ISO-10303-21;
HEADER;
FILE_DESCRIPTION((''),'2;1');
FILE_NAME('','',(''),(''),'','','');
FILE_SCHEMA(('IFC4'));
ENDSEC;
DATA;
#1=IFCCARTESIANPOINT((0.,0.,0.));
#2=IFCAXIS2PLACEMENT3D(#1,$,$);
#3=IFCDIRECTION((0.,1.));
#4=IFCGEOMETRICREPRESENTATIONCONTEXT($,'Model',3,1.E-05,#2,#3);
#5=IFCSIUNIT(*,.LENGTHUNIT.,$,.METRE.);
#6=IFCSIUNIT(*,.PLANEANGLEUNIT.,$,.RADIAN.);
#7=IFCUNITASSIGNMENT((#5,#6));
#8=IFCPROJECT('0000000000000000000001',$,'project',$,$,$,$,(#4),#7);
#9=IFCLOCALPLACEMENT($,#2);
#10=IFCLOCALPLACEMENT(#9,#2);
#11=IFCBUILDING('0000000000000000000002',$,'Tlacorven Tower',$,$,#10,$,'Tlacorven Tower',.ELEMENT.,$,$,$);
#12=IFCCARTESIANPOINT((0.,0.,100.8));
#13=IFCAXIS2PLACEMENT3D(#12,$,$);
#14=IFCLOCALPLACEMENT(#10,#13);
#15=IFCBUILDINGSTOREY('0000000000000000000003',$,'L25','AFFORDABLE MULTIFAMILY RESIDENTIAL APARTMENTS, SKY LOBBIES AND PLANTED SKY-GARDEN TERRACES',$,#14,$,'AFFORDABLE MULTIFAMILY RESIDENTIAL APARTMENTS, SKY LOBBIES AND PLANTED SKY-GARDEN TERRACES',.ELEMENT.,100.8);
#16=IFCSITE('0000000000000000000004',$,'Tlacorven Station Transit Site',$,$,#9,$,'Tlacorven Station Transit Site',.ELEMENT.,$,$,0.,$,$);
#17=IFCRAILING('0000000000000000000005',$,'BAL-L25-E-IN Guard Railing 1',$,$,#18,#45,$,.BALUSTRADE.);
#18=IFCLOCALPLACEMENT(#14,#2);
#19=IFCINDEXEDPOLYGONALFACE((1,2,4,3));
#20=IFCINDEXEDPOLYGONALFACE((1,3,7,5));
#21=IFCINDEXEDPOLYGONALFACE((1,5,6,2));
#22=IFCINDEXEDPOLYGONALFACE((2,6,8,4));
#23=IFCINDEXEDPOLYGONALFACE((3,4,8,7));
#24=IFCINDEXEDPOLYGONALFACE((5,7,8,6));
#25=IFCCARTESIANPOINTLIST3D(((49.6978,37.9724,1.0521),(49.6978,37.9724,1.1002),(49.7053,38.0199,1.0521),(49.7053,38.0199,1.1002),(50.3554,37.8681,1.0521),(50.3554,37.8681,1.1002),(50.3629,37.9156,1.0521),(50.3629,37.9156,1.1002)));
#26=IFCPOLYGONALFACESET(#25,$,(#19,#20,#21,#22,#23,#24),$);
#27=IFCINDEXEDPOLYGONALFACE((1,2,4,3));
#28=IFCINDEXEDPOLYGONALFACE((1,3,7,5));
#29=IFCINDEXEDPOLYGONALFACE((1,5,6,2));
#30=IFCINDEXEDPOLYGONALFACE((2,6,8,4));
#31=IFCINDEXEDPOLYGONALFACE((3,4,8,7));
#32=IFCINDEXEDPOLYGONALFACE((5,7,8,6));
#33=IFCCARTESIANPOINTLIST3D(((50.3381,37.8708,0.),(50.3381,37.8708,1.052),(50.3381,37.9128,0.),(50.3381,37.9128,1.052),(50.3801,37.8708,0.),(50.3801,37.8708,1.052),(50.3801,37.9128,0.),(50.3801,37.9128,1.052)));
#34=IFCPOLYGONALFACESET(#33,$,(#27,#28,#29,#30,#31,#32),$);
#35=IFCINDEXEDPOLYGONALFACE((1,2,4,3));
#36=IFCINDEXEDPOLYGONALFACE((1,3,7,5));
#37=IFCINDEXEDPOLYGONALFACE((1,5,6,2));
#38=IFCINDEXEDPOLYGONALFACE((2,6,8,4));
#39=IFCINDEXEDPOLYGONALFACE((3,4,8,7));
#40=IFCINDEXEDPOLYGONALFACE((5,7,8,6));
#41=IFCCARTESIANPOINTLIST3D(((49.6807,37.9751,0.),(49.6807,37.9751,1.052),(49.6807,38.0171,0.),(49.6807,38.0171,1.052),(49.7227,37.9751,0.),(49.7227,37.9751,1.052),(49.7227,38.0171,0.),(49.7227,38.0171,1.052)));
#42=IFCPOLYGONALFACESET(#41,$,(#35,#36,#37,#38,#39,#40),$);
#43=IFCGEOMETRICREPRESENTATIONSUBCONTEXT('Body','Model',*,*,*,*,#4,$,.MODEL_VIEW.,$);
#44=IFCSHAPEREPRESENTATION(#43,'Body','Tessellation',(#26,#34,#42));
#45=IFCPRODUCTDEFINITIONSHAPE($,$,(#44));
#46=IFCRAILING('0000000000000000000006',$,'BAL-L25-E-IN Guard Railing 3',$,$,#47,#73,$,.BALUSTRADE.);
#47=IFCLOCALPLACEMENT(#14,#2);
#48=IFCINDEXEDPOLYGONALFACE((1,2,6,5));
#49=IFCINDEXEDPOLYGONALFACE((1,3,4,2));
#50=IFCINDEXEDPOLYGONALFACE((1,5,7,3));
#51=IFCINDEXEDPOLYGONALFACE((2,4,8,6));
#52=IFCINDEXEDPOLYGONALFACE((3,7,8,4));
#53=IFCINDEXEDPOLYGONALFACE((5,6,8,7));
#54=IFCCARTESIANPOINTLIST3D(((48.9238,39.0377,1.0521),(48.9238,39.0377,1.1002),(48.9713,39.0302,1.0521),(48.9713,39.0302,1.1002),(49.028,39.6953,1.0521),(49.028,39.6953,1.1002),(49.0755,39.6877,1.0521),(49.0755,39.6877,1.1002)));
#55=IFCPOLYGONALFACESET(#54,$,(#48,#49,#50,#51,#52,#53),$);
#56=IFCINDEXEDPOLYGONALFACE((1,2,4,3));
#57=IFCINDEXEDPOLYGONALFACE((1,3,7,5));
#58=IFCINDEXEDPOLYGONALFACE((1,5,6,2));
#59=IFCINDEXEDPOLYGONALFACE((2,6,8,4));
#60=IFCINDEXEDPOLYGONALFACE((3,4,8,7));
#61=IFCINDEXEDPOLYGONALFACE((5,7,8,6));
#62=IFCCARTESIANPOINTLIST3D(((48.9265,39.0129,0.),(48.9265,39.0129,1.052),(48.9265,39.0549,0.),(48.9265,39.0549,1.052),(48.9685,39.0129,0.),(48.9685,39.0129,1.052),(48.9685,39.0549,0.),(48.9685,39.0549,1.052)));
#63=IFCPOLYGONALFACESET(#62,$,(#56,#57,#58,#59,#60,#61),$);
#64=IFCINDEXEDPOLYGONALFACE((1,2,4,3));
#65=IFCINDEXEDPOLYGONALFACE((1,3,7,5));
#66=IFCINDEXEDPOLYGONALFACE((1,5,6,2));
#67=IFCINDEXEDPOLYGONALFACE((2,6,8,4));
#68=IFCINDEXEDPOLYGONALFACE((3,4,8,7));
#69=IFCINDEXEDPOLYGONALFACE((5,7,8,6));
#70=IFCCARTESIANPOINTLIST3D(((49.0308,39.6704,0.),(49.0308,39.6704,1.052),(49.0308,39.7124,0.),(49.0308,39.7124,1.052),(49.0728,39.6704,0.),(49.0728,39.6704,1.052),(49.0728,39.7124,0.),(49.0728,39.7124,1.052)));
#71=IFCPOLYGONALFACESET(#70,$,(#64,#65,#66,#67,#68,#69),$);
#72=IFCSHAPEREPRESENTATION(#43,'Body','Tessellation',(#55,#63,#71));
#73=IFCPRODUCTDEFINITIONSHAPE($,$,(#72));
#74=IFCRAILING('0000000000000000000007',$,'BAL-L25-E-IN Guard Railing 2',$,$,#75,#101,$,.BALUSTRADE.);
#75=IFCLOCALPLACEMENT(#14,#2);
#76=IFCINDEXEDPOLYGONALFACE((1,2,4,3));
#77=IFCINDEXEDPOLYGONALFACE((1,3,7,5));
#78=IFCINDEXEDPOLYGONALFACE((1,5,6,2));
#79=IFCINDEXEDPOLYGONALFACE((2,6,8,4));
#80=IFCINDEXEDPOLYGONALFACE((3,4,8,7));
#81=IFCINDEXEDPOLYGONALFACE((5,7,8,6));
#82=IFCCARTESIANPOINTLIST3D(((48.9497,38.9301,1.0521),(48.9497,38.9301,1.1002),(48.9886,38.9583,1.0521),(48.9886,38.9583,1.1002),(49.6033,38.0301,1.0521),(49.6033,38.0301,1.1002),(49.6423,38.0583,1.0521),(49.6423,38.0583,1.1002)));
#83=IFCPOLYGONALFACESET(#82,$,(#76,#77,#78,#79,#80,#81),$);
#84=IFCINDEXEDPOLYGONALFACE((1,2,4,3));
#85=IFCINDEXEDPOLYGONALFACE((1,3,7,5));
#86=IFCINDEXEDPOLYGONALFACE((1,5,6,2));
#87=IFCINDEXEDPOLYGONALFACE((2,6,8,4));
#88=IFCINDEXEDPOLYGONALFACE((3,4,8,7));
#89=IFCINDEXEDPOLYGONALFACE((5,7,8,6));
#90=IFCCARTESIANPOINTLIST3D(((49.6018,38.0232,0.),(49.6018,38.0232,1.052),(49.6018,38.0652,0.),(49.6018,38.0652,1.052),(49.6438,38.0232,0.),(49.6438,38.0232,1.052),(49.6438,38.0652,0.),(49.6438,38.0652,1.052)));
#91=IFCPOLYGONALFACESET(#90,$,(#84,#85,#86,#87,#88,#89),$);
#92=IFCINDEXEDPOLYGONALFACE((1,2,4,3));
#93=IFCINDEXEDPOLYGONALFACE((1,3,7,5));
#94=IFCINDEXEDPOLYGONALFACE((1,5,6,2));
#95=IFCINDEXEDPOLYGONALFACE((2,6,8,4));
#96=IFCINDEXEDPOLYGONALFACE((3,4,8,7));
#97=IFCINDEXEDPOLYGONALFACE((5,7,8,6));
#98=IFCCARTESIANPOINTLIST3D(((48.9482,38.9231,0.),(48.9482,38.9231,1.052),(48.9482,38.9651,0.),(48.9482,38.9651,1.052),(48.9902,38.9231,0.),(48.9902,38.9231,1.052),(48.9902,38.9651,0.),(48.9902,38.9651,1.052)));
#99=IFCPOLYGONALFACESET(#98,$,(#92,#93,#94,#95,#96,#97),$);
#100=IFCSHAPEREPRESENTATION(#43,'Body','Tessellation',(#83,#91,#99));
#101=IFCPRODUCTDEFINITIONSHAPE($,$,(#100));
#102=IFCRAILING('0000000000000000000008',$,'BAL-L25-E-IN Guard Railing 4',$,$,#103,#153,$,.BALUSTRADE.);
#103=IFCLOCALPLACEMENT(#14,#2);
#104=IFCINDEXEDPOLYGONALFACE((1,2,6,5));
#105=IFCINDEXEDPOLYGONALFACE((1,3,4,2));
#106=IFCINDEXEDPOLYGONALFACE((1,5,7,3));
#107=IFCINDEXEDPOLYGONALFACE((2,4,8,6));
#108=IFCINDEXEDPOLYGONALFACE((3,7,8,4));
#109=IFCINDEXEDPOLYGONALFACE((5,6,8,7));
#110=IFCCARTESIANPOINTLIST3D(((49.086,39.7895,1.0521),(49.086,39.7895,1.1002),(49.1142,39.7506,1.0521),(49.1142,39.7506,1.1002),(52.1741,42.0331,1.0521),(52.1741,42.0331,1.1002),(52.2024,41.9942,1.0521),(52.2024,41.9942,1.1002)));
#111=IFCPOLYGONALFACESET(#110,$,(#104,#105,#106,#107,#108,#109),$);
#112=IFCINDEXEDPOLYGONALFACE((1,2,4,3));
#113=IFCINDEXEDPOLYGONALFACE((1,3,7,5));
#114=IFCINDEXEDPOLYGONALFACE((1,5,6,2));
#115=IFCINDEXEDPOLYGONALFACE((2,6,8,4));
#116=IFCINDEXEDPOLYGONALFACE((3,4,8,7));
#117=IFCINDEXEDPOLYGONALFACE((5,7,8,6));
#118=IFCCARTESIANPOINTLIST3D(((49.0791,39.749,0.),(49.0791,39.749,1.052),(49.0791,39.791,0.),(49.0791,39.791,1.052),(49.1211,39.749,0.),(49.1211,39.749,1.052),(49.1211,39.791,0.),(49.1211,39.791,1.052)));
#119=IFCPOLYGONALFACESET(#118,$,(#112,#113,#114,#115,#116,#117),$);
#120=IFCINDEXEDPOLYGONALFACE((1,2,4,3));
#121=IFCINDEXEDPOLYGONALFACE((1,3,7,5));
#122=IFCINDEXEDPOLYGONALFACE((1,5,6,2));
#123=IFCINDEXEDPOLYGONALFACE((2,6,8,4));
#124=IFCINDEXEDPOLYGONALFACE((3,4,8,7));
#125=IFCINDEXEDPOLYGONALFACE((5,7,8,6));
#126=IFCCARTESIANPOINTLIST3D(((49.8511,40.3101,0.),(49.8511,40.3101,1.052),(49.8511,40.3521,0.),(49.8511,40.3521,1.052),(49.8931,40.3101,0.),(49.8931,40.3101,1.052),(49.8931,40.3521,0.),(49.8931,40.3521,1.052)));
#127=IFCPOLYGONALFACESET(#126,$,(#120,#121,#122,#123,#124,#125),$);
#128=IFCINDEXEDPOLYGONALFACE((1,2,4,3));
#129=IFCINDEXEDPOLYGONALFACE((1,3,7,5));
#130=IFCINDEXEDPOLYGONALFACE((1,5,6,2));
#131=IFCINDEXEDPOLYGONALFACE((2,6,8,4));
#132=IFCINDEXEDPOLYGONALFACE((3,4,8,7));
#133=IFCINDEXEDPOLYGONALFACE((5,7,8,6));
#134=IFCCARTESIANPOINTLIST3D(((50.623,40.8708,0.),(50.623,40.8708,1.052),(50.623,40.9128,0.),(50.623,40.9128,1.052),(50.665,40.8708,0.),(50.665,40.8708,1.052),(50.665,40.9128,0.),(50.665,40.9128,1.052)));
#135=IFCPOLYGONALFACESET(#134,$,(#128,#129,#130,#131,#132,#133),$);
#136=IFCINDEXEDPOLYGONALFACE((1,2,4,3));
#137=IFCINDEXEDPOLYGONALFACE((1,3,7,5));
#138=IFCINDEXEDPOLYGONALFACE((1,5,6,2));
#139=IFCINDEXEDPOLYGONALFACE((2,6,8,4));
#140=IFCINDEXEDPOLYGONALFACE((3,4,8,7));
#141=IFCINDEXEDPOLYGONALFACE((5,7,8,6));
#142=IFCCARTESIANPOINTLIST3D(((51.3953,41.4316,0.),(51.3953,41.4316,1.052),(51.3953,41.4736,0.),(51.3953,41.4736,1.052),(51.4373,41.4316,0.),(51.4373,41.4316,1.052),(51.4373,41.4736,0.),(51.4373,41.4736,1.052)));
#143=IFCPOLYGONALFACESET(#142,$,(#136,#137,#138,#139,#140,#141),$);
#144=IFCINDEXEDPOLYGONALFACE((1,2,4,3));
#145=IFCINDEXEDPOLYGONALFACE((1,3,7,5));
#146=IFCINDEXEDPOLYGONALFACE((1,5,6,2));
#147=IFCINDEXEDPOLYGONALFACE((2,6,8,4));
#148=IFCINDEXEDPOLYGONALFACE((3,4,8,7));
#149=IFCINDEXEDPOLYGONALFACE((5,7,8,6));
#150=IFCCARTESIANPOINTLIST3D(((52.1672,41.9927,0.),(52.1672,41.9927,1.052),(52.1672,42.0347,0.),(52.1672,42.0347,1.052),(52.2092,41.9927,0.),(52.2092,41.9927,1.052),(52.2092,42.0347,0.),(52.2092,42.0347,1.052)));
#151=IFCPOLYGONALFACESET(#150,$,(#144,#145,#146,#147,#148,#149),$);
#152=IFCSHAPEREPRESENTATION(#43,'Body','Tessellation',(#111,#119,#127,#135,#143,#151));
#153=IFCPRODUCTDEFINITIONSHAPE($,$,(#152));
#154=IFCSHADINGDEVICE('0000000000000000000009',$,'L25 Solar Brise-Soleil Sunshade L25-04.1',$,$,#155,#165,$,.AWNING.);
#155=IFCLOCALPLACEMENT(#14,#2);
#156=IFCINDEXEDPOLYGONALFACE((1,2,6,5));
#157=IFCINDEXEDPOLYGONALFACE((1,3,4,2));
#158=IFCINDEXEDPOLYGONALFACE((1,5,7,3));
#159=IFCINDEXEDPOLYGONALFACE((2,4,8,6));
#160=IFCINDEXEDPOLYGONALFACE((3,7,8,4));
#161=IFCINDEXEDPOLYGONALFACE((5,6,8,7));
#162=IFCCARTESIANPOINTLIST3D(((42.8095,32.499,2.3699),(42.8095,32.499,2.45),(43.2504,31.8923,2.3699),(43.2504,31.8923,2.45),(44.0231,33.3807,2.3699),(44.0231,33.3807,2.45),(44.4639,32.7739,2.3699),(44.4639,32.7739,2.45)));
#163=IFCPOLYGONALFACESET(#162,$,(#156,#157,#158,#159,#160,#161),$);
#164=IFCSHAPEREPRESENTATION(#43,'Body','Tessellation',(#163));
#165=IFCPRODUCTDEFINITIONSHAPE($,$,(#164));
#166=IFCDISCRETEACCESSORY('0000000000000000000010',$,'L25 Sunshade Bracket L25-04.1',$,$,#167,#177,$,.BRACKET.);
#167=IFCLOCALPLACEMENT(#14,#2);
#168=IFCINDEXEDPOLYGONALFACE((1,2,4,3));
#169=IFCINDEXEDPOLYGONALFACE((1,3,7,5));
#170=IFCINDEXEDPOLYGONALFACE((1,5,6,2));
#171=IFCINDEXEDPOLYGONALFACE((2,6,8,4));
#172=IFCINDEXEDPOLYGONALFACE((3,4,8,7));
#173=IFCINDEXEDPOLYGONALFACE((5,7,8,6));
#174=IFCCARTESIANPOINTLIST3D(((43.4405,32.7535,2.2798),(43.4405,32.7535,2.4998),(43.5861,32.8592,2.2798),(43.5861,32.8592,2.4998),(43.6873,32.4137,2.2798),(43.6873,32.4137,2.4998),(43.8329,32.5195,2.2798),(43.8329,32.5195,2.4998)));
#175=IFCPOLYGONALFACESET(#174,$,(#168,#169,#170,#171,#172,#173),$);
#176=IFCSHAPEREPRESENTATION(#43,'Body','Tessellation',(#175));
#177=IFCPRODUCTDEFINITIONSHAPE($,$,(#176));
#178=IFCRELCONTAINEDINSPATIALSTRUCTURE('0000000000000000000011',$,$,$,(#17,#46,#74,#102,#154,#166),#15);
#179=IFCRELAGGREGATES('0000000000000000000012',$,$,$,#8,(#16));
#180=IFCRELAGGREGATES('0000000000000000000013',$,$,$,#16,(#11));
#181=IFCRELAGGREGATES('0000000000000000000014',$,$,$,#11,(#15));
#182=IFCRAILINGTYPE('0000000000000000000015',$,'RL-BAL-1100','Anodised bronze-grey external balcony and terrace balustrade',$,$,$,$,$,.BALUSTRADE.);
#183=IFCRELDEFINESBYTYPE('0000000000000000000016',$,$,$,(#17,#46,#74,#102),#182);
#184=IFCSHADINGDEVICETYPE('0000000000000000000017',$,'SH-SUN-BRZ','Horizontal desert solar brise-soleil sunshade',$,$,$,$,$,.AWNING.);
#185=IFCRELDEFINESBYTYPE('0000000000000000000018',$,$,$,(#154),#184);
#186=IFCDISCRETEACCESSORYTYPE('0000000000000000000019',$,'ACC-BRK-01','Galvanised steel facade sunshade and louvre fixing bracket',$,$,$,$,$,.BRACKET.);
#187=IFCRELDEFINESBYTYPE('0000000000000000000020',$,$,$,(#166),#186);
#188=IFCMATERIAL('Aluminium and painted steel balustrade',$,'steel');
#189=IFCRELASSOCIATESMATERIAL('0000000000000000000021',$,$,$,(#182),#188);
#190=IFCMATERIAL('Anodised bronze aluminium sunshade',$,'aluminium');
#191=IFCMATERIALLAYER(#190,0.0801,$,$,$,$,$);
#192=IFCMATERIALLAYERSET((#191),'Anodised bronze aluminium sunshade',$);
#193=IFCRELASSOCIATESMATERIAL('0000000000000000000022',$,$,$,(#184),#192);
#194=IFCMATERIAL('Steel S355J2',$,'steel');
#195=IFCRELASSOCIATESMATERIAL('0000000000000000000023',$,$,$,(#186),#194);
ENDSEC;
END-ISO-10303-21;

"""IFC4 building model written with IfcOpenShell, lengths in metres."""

from ifc_helpers import new_model, si_unit, direction, frame, origin, origin_2d, place, context, subcontext, project, spatial, rectangle, extrude, source, transform, mapped, material, layer, layer_set, type_object, element, save


model = new_model("IFC4")

# Units and contexts
model_context = context("Model", 3, precision=1e-05, world=origin(), true_north=direction((0.0, 1.0)))
body_context = subcontext(model_context, "Body", "Model", "MODEL_VIEW")
ifc_project = project(units=[si_unit("LENGTHUNIT", "METRE"), si_unit("PLANEANGLEUNIT", "RADIAN")], contexts=[model_context])

# Site, building, storey
site_placement = place(None, origin())
site = spatial("IfcSite", under=ifc_project, at=site_placement, Name="Tlacorven Station Transit Site", LongName="Tlacorven Station Transit Site", CompositionType="ELEMENT", RefElevation=0.0)
building_placement = place(site_placement, origin())
building = spatial("IfcBuilding", under=site, at=building_placement, Name="Tlacorven Tower", LongName="Tlacorven Tower", CompositionType="ELEMENT")
storey_placement = place(building_placement, frame((0.0, 0.0, 100.8)))
storey = spatial("IfcBuildingStorey", under=building, at=storey_placement, Name="L25", Description="AFFORDABLE MULTIFAMILY RESIDENTIAL APARTMENTS, SKY LOBBIES AND PLANTED SKY-GARDEN TERRACES", LongName="AFFORDABLE MULTIFAMILY RESIDENTIAL APARTMENTS, SKY LOBBIES AND PLANTED SKY-GARDEN TERRACES", CompositionType="ELEMENT", Elevation=100.8)

# Shared definitions
ifc_material_1 = material(Name="Steel S355J2", Category="steel")

# Railings
ifc_material_2 = material(Name="Aluminium and painted steel balustrade", Category="steel")
railing_type = type_object("IfcRailingType", Name="RL-BAL-1100", Description="Anodised bronze-grey external balcony and terrace balustrade", PredefinedType="BALUSTRADE", material=ifc_material_2)
shared_shape_1 = source(origin(), body_context, "Body", "SweptSolid", [
    extrude(rectangle(XDim=0.0481, YDim=0.0481, at=origin_2d()), frame((0.0, 0.0, 1.0762), z_axis=(-0.987662, 0.156603, 0.0), x_axis=(-0.156603, -0.987662, 0.0)), (0.0, 0.0, 1.0), 0.6658),
    extrude(rectangle(XDim=0.042, YDim=0.042, at=origin_2d()), origin(), (0.0, 0.0, 1.0), 1.052),
    extrude(rectangle(XDim=0.042, YDim=0.042, at=origin_2d()), frame((-0.6575, 0.1042, 0.0)), (0.0, 0.0, 1.0), 1.052),
])
railing_1_placement = place(storey_placement, frame((50.3591, 37.8918, 0.0)))
element("IfcRailing", 1, at=railing_1_placement, inside=storey, type_object=railing_type, Name="BAL-L25-E-IN Guard Railing 1", PredefinedType="BALUSTRADE", context=body_context, shape_type="MappedRepresentation", body=[
    mapped(shared_shape_1, transform((0.0, 0.0, 0.0), scale=1.0)),
])
shared_shape_2 = source(origin(), body_context, "Body", "SweptSolid", [
    extrude(rectangle(XDim=0.0481, YDim=0.0481, at=origin_2d()), frame((0.0, 0.0, 1.0762), z_axis=(0.156603, 0.987662, 0.0), x_axis=(-0.987662, 0.156603, 0.0)), (0.0, 0.0, 1.0), 0.6658),
    extrude(rectangle(XDim=0.042, YDim=0.042, at=origin_2d()), origin(), (0.0, 0.0, 1.0), 1.052),
    extrude(rectangle(XDim=0.042, YDim=0.042, at=origin_2d()), frame((0.1042, 0.6575, 0.0)), (0.0, 0.0, 1.0), 1.052),
])
railing_2_placement = place(storey_placement, frame((48.9475, 39.0339, 0.0)))
element("IfcRailing", 2, at=railing_2_placement, inside=storey, type_object=railing_type, Name="BAL-L25-E-IN Guard Railing 3", PredefinedType="BALUSTRADE", context=body_context, shape_type="MappedRepresentation", body=[
    mapped(shared_shape_2, transform((0.0, 0.0, 0.0), scale=1.0)),
])
shared_shape_3 = source(origin(), body_context, "Body", "SweptSolid", [
    extrude(rectangle(XDim=0.0481, YDim=0.0481, at=origin_2d()), frame((0.0, 0.0, 1.0762), z_axis=(-0.587636, 0.809125, 0.0), x_axis=(-0.809125, -0.587636, 0.0)), (0.0, 0.0, 1.0), 1.1123),
    extrude(rectangle(XDim=0.042, YDim=0.042, at=origin_2d()), origin(), (0.0, 0.0, 1.0), 1.052),
    extrude(rectangle(XDim=0.042, YDim=0.042, at=origin_2d()), frame((-0.6536, 0.8999, 0.0)), (0.0, 0.0, 1.0), 1.052),
])
railing_3_placement = place(storey_placement, frame((49.6228, 38.0442, 0.0)))
element("IfcRailing", 3, at=railing_3_placement, inside=storey, type_object=railing_type, Name="BAL-L25-E-IN Guard Railing 2", PredefinedType="BALUSTRADE", context=body_context, shape_type="MappedRepresentation", body=[
    mapped(shared_shape_3, transform((0.0, 0.0, 0.0), scale=1.0)),
])
shared_shape_4 = source(origin(), body_context, "Body", "SweptSolid", [
    extrude(rectangle(XDim=0.0481, YDim=0.0481, at=origin_2d()), frame((0.0, 0.0, 1.0762), z_axis=(0.809018, 0.587784, 0.0), x_axis=(-0.587784, 0.809018, 0.0)), (0.0, 0.0, 1.0), 3.8171),
    extrude(rectangle(XDim=0.042, YDim=0.042, at=origin_2d()), origin(), (0.0, 0.0, 1.0), 1.052),
    extrude(rectangle(XDim=0.042, YDim=0.042, at=origin_2d()), frame((0.772, 0.561, 0.0)), (0.0, 0.0, 1.0), 1.052),
    extrude(rectangle(XDim=0.042, YDim=0.042, at=origin_2d()), frame((1.5439, 1.1218, 0.0)), (0.0, 0.0, 1.0), 1.052),
    extrude(rectangle(XDim=0.042, YDim=0.042, at=origin_2d()), frame((2.3162, 1.6826, 0.0)), (0.0, 0.0, 1.0), 1.052),
    extrude(rectangle(XDim=0.042, YDim=0.042, at=origin_2d()), frame((3.0881, 2.2437, 0.0)), (0.0, 0.0, 1.0), 1.052),
])
railing_4_placement = place(storey_placement, frame((49.1001, 39.77, 0.0)))
element("IfcRailing", 4, at=railing_4_placement, inside=storey, type_object=railing_type, Name="BAL-L25-E-IN Guard Railing 4", PredefinedType="BALUSTRADE", context=body_context, shape_type="MappedRepresentation", body=[
    mapped(shared_shape_4, transform((0.0, 0.0, 0.0), scale=1.0)),
])

# Shading device
ifc_material_3 = material(Name="Anodised bronze aluminium sunshade", Category="aluminium")
ifc_layer_1 = layer(ifc_material_3, 0.0801)
ifc_layer_set_1 = layer_set([ifc_layer_1], Name="Anodised bronze aluminium sunshade")
shading_device_type = type_object("IfcShadingDeviceType", Name="SH-SUN-BRZ", Description="Horizontal desert solar brise-soleil sunshade", PredefinedType="AWNING", material=ifc_layer_set_1)
shared_shape_5 = source(origin(), body_context, "Body", "SweptSolid", [
    extrude(rectangle(XDim=1.5, YDim=0.75, at=origin_2d()), origin(), (0.0, 0.0, 1.0), 0.0801),
])
shading_device_placement = place(storey_placement, frame((43.6367, 32.6365, 2.3699), z_axis=(0.0, 0.0, 1.0), x_axis=(0.809017, 0.587786, 0.0)))
element("IfcShadingDevice", 5, at=shading_device_placement, inside=storey, type_object=shading_device_type, Name="L25 Solar Brise-Soleil Sunshade L25-04.1", PredefinedType="AWNING", context=body_context, shape_type="MappedRepresentation", body=[
    mapped(shared_shape_5, transform((0.0, 0.0, 0.0), scale=1.0)),
])

# Discrete accessory
discrete_accessory_type = type_object("IfcDiscreteAccessoryType", Name="ACC-BRK-01", Description="Galvanised steel facade sunshade and louvre fixing bracket", PredefinedType="BRACKET", material=ifc_material_1)
shared_shape_6 = source(origin(), body_context, "Body", "SweptSolid", [
    extrude(rectangle(XDim=0.1799, YDim=0.4199, at=origin_2d()), origin(), (0.0, 0.0, 1.0), 0.22),
])
discrete_accessory_placement = place(storey_placement, frame((43.6367, 32.6365, 2.2798), z_axis=(0.0, 0.0, 1.0), x_axis=(0.809017, 0.587786, 0.0)))
element("IfcDiscreteAccessory", 6, at=discrete_accessory_placement, inside=storey, type_object=discrete_accessory_type, Name="L25 Sunshade Bracket L25-04.1", PredefinedType="BRACKET", context=body_context, shape_type="MappedRepresentation", body=[
    mapped(shared_shape_6, transform((0.0, 0.0, 0.0), scale=1.0)),
])

save(model, "model.ifc")
